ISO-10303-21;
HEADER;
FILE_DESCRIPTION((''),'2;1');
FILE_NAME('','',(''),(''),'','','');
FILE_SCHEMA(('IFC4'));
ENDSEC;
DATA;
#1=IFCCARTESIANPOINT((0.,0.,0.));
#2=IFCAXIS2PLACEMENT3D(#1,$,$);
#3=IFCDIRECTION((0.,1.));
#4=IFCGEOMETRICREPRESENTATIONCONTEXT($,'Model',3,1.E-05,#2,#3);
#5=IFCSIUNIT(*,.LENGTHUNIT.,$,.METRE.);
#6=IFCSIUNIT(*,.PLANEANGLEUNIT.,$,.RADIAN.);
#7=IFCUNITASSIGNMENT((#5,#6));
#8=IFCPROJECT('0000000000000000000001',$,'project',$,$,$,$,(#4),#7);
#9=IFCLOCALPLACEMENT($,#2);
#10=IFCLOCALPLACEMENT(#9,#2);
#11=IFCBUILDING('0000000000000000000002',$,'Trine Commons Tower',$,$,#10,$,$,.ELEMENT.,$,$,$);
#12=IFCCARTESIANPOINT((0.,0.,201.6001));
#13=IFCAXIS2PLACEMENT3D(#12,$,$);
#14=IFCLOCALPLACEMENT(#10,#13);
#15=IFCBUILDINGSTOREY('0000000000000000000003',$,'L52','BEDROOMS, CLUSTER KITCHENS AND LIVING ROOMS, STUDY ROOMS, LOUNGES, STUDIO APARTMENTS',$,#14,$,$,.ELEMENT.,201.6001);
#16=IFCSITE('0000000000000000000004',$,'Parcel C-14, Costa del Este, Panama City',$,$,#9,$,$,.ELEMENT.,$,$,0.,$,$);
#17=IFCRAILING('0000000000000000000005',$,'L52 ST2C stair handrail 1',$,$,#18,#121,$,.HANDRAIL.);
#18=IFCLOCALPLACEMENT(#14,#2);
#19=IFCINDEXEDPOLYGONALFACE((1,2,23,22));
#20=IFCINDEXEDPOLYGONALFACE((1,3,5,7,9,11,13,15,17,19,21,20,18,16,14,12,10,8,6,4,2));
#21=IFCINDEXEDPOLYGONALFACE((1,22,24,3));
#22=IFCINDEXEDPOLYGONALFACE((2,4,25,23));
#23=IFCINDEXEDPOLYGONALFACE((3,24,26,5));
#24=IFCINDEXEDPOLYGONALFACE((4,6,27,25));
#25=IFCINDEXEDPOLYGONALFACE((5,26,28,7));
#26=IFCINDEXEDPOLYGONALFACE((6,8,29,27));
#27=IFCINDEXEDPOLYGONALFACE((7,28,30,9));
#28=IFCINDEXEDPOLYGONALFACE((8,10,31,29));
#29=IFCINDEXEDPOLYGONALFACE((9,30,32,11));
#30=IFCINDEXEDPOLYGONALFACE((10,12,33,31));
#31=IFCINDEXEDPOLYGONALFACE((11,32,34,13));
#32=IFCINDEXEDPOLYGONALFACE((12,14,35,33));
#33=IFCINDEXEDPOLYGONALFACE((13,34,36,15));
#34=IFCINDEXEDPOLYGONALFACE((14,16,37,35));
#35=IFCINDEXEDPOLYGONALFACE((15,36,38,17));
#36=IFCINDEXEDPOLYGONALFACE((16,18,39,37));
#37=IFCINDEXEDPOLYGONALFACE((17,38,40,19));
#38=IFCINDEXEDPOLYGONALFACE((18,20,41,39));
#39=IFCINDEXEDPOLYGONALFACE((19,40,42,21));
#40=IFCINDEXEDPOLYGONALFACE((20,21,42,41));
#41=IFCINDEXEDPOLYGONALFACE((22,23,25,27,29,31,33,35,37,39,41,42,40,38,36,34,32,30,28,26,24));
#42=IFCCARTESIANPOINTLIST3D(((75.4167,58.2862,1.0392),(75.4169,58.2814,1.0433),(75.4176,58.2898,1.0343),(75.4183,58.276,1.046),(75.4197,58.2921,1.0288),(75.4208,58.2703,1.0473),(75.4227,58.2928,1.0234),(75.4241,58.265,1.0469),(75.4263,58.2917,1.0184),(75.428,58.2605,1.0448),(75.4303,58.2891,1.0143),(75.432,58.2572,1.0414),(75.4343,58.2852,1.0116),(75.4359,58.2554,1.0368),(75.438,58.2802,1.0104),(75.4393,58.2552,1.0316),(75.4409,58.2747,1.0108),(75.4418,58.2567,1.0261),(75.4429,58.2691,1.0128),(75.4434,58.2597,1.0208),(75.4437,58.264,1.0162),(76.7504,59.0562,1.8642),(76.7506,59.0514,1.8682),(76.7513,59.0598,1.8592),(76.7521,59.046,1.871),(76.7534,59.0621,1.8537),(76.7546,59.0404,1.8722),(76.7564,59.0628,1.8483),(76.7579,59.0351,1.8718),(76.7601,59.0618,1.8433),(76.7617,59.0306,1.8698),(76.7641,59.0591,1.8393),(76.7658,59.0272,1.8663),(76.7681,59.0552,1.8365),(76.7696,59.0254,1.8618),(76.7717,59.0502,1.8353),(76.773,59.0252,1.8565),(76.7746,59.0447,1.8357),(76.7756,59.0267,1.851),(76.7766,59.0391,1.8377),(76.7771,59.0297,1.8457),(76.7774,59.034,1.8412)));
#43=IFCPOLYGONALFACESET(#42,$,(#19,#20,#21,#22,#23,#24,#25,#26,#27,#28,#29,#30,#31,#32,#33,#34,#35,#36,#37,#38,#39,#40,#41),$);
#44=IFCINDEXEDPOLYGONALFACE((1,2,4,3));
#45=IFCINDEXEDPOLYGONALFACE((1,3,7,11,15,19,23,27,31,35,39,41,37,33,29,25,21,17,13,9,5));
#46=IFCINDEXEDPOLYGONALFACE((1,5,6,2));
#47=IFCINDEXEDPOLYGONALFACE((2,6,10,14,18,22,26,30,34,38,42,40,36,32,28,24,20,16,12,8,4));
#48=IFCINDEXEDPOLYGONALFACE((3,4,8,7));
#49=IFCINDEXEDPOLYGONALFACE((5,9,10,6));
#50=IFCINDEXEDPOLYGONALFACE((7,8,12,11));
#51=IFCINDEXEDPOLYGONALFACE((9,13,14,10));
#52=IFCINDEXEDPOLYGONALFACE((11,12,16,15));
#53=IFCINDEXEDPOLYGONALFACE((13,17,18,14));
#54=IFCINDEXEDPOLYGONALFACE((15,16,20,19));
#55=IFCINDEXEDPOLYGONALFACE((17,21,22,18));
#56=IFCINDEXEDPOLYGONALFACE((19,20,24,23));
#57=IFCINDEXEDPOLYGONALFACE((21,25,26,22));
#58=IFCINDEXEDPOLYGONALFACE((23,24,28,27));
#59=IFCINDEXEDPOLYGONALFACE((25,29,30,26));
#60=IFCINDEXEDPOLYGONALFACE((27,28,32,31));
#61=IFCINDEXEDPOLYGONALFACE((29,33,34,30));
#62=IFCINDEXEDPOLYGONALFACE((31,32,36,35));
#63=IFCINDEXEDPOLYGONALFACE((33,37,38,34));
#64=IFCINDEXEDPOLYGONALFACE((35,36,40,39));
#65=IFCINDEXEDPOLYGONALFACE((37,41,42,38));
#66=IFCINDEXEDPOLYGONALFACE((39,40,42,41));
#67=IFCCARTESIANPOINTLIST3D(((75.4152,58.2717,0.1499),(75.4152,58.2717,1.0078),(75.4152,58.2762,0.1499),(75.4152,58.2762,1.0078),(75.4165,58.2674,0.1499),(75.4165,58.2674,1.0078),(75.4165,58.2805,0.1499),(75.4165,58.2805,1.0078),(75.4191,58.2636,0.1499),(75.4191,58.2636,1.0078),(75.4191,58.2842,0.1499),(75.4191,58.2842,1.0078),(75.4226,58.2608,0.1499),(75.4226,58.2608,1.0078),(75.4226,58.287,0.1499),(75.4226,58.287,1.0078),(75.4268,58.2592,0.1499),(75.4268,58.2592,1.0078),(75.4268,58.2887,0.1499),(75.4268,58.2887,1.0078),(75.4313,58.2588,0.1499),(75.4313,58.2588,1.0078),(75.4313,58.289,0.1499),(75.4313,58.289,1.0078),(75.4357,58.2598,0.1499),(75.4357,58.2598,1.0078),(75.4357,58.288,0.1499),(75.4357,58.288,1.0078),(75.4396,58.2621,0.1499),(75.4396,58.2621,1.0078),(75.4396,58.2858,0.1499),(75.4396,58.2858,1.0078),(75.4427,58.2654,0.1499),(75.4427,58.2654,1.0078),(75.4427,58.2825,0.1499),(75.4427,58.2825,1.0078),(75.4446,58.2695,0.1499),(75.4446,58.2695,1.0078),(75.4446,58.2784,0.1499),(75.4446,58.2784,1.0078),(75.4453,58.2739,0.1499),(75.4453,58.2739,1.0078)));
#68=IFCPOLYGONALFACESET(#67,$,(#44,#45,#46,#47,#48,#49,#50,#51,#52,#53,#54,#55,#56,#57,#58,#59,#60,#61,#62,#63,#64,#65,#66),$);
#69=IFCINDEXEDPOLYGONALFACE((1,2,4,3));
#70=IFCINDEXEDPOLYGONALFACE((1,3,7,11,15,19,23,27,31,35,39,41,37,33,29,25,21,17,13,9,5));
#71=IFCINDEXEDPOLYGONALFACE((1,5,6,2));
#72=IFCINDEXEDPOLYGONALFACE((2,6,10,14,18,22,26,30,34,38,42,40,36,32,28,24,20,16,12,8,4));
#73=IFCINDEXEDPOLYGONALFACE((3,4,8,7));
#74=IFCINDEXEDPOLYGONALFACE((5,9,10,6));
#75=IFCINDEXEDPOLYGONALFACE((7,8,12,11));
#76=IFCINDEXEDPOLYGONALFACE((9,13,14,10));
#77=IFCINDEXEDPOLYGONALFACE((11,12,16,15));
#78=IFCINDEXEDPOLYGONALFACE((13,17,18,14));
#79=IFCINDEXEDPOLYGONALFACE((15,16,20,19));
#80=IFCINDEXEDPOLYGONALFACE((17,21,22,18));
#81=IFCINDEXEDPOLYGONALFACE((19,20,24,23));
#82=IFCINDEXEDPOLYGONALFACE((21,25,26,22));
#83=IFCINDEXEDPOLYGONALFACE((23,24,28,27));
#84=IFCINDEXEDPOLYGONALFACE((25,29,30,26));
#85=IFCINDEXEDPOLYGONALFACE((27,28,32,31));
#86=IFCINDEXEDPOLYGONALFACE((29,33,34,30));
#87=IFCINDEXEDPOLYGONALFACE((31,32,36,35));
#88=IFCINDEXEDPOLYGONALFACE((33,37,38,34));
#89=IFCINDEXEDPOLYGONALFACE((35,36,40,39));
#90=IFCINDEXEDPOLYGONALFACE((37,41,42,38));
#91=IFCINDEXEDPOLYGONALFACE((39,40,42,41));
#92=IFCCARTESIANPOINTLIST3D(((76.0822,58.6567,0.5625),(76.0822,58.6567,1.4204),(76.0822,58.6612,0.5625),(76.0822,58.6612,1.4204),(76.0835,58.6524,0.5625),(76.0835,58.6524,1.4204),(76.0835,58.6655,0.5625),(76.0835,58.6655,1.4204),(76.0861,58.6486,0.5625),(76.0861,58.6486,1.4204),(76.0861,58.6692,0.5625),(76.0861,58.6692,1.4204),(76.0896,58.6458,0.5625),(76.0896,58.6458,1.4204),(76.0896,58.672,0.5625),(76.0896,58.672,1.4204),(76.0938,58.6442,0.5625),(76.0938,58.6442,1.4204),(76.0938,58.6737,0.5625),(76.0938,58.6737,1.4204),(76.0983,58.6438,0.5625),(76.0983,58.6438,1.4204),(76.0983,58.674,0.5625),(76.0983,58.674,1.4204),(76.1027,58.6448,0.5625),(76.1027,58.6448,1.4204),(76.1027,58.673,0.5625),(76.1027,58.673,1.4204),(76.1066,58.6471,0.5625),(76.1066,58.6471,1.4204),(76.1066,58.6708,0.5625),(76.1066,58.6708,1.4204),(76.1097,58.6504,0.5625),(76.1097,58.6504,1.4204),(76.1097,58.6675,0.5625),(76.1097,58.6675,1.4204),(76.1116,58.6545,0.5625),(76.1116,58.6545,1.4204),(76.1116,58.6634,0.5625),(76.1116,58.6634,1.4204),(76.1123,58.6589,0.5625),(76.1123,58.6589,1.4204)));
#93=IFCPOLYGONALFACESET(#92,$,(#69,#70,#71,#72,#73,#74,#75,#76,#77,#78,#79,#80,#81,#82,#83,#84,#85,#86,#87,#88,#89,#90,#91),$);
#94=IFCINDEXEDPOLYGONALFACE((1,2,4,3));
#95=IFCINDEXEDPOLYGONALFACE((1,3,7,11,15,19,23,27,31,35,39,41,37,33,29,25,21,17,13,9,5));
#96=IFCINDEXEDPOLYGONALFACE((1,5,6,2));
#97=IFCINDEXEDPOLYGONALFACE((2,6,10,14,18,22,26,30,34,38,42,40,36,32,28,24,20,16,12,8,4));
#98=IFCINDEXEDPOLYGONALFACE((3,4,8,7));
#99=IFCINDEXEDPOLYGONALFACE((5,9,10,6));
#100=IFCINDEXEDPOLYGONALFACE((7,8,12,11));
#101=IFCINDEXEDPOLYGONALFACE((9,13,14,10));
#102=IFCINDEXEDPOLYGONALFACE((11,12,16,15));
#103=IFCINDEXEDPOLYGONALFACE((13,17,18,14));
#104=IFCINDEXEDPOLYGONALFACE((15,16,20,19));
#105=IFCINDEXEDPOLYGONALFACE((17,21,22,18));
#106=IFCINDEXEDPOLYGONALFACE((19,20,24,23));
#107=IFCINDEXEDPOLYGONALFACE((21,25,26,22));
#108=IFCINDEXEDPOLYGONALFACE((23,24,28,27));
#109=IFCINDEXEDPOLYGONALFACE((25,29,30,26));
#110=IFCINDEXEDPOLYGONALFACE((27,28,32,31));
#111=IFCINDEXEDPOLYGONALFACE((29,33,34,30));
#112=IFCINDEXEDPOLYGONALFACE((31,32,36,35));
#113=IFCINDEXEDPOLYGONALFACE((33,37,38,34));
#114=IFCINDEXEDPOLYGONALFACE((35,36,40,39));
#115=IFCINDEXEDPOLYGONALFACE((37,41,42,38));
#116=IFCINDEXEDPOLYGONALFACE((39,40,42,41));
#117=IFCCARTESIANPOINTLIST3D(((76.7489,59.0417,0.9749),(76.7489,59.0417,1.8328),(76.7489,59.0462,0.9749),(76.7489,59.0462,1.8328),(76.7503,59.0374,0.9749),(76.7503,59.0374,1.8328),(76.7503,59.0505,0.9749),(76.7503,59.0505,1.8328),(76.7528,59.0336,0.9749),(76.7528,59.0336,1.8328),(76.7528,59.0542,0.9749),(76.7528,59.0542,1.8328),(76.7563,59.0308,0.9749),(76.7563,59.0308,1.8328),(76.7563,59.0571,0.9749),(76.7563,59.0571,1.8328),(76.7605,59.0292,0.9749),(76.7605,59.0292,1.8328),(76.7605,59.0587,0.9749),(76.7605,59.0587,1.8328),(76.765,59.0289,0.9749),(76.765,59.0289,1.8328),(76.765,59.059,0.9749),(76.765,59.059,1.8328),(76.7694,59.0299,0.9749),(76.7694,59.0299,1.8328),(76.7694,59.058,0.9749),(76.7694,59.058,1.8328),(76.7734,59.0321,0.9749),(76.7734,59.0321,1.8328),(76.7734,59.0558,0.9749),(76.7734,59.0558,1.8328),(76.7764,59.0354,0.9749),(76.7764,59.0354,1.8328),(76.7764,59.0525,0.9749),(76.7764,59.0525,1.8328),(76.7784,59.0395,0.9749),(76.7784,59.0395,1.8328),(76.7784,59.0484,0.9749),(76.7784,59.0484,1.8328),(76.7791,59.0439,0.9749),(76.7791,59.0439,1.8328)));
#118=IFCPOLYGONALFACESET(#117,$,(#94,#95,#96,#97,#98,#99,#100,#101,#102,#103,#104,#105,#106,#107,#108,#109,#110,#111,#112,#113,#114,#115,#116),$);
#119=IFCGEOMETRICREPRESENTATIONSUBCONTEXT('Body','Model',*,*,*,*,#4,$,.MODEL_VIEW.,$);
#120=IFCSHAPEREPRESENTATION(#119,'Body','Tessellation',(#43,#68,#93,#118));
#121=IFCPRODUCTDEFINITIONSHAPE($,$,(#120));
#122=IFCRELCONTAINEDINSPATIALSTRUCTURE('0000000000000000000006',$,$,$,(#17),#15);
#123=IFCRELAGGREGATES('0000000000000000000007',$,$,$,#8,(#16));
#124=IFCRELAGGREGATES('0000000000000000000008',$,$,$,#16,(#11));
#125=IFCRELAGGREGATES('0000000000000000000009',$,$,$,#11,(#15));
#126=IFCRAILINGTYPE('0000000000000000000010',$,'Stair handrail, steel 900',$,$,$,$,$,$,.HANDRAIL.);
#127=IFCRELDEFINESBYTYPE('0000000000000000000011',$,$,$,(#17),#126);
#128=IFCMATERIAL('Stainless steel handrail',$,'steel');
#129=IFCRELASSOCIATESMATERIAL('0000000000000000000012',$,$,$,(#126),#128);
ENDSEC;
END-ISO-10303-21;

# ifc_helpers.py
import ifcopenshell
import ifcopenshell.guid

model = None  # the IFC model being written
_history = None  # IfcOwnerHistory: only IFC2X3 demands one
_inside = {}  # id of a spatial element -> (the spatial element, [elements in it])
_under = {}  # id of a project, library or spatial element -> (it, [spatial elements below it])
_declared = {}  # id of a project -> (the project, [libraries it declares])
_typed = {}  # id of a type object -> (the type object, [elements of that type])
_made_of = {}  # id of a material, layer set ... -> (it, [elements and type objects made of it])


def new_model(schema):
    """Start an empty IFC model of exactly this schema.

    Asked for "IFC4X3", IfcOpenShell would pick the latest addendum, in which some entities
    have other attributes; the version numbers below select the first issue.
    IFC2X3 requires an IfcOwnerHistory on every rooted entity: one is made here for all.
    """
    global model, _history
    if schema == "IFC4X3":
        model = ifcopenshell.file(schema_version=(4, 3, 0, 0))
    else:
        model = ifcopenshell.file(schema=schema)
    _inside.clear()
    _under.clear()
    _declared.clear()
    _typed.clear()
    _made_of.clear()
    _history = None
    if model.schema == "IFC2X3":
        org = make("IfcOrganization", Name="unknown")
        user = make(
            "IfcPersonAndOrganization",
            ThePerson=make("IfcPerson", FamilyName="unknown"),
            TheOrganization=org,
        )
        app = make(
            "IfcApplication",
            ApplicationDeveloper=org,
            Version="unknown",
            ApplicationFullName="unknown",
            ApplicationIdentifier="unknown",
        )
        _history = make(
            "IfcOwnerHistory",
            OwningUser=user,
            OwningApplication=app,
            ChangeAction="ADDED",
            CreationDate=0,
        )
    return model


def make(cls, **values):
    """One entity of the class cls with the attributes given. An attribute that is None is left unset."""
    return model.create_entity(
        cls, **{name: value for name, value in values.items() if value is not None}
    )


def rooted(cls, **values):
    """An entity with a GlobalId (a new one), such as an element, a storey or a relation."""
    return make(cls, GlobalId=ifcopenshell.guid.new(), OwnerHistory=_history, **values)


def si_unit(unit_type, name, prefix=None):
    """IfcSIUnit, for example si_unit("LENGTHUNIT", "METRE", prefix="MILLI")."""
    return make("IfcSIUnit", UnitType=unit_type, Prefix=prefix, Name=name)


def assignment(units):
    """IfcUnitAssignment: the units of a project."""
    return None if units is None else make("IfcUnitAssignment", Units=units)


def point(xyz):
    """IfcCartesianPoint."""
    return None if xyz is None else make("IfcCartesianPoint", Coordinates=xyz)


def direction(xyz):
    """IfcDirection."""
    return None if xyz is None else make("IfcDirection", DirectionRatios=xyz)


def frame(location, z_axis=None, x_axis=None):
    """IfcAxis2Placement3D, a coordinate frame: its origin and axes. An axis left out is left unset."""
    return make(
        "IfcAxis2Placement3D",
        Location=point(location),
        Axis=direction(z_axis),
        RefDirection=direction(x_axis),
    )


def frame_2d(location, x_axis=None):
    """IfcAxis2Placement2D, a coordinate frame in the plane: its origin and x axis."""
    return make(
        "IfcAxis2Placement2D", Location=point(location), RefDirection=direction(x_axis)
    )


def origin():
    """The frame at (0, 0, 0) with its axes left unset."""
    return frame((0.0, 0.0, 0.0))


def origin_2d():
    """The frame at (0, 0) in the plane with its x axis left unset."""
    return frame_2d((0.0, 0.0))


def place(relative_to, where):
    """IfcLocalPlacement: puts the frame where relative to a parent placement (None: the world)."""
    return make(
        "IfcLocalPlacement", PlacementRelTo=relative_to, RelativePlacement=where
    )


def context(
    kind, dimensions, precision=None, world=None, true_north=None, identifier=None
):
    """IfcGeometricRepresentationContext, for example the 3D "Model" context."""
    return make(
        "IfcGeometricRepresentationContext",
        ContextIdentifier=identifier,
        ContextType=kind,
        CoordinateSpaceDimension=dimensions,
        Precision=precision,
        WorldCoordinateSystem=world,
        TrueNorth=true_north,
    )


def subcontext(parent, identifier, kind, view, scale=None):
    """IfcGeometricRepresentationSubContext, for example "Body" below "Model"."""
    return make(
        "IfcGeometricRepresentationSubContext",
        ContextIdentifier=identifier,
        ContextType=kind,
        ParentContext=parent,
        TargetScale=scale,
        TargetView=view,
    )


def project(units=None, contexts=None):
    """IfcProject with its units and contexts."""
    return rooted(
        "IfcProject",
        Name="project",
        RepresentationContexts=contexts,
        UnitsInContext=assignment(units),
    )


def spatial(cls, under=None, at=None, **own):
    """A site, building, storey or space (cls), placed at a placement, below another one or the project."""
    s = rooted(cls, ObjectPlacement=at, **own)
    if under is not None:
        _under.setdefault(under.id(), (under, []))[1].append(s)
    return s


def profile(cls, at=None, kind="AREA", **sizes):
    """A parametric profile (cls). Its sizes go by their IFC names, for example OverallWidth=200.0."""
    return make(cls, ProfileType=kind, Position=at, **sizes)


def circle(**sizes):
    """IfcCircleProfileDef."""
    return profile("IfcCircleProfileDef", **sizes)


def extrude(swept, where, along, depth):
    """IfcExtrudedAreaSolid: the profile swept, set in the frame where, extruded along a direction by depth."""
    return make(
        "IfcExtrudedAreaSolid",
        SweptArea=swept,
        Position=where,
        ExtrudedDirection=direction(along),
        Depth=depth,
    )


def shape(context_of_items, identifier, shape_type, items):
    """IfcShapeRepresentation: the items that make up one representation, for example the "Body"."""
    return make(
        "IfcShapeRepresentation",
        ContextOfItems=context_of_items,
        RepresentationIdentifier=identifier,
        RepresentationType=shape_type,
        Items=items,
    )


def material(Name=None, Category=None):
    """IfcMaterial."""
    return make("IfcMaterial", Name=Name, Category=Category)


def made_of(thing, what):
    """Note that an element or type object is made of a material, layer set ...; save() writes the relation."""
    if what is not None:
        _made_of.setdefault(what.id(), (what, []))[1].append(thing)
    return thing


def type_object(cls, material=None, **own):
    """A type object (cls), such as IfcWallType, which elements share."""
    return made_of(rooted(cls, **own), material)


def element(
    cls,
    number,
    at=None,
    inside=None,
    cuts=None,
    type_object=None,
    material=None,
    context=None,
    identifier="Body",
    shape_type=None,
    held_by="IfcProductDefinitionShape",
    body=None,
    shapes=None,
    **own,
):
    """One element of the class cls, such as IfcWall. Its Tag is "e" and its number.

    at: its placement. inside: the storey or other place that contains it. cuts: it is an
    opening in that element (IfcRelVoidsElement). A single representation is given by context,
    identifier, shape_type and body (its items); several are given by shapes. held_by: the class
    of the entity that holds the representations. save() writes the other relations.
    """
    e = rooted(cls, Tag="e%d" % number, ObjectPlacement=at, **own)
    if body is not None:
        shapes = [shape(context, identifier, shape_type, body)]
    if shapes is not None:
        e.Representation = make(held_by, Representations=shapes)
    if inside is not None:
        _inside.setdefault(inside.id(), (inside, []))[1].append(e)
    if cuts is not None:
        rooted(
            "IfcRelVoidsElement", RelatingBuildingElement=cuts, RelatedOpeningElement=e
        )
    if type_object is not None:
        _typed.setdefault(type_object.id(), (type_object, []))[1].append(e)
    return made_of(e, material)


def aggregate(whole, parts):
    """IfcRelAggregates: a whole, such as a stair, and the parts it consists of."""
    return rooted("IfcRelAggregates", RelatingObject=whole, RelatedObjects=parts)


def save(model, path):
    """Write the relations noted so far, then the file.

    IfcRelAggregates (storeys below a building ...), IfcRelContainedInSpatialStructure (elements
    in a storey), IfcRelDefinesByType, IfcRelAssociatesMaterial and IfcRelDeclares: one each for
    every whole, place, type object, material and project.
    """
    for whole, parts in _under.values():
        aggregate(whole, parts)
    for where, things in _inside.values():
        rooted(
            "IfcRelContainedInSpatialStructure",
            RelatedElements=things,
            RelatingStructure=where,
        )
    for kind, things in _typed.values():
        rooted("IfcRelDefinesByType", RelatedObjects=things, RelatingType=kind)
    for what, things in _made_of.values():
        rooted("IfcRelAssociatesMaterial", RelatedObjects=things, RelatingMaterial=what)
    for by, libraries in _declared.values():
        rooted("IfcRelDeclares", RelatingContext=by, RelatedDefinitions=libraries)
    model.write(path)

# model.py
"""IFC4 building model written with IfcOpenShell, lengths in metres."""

from ifc_helpers import new_model, si_unit, direction, frame, origin, origin_2d, place, context, subcontext, project, spatial, circle, extrude, material, type_object, element, save


model = new_model("IFC4")

# Units and contexts
model_context = context("Model", 3, precision=1e-05, world=origin(), true_north=direction((0.0, 1.0)))
body_context = subcontext(model_context, "Body", "Model", "MODEL_VIEW")
ifc_project = project(units=[si_unit("LENGTHUNIT", "METRE"), si_unit("PLANEANGLEUNIT", "RADIAN")], contexts=[model_context])

# Site, building, storey
site_placement = place(None, origin())
site = spatial("IfcSite", under=ifc_project, at=site_placement, Name="Parcel C-14, Costa del Este, Panama City", CompositionType="ELEMENT", RefElevation=0.0)
building_placement = place(site_placement, origin())
building = spatial("IfcBuilding", under=site, at=building_placement, Name="Trine Commons Tower", CompositionType="ELEMENT")
storey_placement = place(building_placement, frame((0.0, 0.0, 201.6001)))
storey = spatial("IfcBuildingStorey", under=building, at=storey_placement, Name="L52", Description="BEDROOMS, CLUSTER KITCHENS AND LIVING ROOMS, STUDY ROOMS, LOUNGES, STUDIO APARTMENTS", CompositionType="ELEMENT", Elevation=201.6001)

# Railing
ifc_material_1 = material(Name="Stainless steel handrail", Category="steel")
railing_type = type_object("IfcRailingType", Name="Stair handrail, steel 900", PredefinedType="HANDRAIL", material=ifc_material_1)
railing_placement = place(storey_placement, frame((75.4302, 58.2739, 0.1499)))
element("IfcRailing", 1, at=railing_placement, inside=storey, type_object=railing_type, Name="L52 ST2C stair handrail 1", PredefinedType="HANDRAIL", context=body_context, shape_type="SweptSolid", body=[
    extrude(circle(Radius=0.021, at=origin_2d()), frame((0.0, 0.0, 0.8789), z_axis=(0.763405, 0.440743, 0.472185), x_axis=(-0.499992, 0.86603, 0.0)), (0.0, 0.0, 1.0), 1.7471),
    extrude(circle(Radius=0.0151, at=origin_2d()), origin(), (0.0, 0.0, 1.0), 0.8579),
    extrude(circle(Radius=0.0151, at=origin_2d()), frame((0.667, 0.385, 0.4126)), (0.0, 0.0, 1.0), 0.8579),
    extrude(circle(Radius=0.0151, at=origin_2d()), frame((1.3337, 0.77, 0.825)), (0.0, 0.0, 1.0), 0.8579),
])

save(model, "model.ifc")
